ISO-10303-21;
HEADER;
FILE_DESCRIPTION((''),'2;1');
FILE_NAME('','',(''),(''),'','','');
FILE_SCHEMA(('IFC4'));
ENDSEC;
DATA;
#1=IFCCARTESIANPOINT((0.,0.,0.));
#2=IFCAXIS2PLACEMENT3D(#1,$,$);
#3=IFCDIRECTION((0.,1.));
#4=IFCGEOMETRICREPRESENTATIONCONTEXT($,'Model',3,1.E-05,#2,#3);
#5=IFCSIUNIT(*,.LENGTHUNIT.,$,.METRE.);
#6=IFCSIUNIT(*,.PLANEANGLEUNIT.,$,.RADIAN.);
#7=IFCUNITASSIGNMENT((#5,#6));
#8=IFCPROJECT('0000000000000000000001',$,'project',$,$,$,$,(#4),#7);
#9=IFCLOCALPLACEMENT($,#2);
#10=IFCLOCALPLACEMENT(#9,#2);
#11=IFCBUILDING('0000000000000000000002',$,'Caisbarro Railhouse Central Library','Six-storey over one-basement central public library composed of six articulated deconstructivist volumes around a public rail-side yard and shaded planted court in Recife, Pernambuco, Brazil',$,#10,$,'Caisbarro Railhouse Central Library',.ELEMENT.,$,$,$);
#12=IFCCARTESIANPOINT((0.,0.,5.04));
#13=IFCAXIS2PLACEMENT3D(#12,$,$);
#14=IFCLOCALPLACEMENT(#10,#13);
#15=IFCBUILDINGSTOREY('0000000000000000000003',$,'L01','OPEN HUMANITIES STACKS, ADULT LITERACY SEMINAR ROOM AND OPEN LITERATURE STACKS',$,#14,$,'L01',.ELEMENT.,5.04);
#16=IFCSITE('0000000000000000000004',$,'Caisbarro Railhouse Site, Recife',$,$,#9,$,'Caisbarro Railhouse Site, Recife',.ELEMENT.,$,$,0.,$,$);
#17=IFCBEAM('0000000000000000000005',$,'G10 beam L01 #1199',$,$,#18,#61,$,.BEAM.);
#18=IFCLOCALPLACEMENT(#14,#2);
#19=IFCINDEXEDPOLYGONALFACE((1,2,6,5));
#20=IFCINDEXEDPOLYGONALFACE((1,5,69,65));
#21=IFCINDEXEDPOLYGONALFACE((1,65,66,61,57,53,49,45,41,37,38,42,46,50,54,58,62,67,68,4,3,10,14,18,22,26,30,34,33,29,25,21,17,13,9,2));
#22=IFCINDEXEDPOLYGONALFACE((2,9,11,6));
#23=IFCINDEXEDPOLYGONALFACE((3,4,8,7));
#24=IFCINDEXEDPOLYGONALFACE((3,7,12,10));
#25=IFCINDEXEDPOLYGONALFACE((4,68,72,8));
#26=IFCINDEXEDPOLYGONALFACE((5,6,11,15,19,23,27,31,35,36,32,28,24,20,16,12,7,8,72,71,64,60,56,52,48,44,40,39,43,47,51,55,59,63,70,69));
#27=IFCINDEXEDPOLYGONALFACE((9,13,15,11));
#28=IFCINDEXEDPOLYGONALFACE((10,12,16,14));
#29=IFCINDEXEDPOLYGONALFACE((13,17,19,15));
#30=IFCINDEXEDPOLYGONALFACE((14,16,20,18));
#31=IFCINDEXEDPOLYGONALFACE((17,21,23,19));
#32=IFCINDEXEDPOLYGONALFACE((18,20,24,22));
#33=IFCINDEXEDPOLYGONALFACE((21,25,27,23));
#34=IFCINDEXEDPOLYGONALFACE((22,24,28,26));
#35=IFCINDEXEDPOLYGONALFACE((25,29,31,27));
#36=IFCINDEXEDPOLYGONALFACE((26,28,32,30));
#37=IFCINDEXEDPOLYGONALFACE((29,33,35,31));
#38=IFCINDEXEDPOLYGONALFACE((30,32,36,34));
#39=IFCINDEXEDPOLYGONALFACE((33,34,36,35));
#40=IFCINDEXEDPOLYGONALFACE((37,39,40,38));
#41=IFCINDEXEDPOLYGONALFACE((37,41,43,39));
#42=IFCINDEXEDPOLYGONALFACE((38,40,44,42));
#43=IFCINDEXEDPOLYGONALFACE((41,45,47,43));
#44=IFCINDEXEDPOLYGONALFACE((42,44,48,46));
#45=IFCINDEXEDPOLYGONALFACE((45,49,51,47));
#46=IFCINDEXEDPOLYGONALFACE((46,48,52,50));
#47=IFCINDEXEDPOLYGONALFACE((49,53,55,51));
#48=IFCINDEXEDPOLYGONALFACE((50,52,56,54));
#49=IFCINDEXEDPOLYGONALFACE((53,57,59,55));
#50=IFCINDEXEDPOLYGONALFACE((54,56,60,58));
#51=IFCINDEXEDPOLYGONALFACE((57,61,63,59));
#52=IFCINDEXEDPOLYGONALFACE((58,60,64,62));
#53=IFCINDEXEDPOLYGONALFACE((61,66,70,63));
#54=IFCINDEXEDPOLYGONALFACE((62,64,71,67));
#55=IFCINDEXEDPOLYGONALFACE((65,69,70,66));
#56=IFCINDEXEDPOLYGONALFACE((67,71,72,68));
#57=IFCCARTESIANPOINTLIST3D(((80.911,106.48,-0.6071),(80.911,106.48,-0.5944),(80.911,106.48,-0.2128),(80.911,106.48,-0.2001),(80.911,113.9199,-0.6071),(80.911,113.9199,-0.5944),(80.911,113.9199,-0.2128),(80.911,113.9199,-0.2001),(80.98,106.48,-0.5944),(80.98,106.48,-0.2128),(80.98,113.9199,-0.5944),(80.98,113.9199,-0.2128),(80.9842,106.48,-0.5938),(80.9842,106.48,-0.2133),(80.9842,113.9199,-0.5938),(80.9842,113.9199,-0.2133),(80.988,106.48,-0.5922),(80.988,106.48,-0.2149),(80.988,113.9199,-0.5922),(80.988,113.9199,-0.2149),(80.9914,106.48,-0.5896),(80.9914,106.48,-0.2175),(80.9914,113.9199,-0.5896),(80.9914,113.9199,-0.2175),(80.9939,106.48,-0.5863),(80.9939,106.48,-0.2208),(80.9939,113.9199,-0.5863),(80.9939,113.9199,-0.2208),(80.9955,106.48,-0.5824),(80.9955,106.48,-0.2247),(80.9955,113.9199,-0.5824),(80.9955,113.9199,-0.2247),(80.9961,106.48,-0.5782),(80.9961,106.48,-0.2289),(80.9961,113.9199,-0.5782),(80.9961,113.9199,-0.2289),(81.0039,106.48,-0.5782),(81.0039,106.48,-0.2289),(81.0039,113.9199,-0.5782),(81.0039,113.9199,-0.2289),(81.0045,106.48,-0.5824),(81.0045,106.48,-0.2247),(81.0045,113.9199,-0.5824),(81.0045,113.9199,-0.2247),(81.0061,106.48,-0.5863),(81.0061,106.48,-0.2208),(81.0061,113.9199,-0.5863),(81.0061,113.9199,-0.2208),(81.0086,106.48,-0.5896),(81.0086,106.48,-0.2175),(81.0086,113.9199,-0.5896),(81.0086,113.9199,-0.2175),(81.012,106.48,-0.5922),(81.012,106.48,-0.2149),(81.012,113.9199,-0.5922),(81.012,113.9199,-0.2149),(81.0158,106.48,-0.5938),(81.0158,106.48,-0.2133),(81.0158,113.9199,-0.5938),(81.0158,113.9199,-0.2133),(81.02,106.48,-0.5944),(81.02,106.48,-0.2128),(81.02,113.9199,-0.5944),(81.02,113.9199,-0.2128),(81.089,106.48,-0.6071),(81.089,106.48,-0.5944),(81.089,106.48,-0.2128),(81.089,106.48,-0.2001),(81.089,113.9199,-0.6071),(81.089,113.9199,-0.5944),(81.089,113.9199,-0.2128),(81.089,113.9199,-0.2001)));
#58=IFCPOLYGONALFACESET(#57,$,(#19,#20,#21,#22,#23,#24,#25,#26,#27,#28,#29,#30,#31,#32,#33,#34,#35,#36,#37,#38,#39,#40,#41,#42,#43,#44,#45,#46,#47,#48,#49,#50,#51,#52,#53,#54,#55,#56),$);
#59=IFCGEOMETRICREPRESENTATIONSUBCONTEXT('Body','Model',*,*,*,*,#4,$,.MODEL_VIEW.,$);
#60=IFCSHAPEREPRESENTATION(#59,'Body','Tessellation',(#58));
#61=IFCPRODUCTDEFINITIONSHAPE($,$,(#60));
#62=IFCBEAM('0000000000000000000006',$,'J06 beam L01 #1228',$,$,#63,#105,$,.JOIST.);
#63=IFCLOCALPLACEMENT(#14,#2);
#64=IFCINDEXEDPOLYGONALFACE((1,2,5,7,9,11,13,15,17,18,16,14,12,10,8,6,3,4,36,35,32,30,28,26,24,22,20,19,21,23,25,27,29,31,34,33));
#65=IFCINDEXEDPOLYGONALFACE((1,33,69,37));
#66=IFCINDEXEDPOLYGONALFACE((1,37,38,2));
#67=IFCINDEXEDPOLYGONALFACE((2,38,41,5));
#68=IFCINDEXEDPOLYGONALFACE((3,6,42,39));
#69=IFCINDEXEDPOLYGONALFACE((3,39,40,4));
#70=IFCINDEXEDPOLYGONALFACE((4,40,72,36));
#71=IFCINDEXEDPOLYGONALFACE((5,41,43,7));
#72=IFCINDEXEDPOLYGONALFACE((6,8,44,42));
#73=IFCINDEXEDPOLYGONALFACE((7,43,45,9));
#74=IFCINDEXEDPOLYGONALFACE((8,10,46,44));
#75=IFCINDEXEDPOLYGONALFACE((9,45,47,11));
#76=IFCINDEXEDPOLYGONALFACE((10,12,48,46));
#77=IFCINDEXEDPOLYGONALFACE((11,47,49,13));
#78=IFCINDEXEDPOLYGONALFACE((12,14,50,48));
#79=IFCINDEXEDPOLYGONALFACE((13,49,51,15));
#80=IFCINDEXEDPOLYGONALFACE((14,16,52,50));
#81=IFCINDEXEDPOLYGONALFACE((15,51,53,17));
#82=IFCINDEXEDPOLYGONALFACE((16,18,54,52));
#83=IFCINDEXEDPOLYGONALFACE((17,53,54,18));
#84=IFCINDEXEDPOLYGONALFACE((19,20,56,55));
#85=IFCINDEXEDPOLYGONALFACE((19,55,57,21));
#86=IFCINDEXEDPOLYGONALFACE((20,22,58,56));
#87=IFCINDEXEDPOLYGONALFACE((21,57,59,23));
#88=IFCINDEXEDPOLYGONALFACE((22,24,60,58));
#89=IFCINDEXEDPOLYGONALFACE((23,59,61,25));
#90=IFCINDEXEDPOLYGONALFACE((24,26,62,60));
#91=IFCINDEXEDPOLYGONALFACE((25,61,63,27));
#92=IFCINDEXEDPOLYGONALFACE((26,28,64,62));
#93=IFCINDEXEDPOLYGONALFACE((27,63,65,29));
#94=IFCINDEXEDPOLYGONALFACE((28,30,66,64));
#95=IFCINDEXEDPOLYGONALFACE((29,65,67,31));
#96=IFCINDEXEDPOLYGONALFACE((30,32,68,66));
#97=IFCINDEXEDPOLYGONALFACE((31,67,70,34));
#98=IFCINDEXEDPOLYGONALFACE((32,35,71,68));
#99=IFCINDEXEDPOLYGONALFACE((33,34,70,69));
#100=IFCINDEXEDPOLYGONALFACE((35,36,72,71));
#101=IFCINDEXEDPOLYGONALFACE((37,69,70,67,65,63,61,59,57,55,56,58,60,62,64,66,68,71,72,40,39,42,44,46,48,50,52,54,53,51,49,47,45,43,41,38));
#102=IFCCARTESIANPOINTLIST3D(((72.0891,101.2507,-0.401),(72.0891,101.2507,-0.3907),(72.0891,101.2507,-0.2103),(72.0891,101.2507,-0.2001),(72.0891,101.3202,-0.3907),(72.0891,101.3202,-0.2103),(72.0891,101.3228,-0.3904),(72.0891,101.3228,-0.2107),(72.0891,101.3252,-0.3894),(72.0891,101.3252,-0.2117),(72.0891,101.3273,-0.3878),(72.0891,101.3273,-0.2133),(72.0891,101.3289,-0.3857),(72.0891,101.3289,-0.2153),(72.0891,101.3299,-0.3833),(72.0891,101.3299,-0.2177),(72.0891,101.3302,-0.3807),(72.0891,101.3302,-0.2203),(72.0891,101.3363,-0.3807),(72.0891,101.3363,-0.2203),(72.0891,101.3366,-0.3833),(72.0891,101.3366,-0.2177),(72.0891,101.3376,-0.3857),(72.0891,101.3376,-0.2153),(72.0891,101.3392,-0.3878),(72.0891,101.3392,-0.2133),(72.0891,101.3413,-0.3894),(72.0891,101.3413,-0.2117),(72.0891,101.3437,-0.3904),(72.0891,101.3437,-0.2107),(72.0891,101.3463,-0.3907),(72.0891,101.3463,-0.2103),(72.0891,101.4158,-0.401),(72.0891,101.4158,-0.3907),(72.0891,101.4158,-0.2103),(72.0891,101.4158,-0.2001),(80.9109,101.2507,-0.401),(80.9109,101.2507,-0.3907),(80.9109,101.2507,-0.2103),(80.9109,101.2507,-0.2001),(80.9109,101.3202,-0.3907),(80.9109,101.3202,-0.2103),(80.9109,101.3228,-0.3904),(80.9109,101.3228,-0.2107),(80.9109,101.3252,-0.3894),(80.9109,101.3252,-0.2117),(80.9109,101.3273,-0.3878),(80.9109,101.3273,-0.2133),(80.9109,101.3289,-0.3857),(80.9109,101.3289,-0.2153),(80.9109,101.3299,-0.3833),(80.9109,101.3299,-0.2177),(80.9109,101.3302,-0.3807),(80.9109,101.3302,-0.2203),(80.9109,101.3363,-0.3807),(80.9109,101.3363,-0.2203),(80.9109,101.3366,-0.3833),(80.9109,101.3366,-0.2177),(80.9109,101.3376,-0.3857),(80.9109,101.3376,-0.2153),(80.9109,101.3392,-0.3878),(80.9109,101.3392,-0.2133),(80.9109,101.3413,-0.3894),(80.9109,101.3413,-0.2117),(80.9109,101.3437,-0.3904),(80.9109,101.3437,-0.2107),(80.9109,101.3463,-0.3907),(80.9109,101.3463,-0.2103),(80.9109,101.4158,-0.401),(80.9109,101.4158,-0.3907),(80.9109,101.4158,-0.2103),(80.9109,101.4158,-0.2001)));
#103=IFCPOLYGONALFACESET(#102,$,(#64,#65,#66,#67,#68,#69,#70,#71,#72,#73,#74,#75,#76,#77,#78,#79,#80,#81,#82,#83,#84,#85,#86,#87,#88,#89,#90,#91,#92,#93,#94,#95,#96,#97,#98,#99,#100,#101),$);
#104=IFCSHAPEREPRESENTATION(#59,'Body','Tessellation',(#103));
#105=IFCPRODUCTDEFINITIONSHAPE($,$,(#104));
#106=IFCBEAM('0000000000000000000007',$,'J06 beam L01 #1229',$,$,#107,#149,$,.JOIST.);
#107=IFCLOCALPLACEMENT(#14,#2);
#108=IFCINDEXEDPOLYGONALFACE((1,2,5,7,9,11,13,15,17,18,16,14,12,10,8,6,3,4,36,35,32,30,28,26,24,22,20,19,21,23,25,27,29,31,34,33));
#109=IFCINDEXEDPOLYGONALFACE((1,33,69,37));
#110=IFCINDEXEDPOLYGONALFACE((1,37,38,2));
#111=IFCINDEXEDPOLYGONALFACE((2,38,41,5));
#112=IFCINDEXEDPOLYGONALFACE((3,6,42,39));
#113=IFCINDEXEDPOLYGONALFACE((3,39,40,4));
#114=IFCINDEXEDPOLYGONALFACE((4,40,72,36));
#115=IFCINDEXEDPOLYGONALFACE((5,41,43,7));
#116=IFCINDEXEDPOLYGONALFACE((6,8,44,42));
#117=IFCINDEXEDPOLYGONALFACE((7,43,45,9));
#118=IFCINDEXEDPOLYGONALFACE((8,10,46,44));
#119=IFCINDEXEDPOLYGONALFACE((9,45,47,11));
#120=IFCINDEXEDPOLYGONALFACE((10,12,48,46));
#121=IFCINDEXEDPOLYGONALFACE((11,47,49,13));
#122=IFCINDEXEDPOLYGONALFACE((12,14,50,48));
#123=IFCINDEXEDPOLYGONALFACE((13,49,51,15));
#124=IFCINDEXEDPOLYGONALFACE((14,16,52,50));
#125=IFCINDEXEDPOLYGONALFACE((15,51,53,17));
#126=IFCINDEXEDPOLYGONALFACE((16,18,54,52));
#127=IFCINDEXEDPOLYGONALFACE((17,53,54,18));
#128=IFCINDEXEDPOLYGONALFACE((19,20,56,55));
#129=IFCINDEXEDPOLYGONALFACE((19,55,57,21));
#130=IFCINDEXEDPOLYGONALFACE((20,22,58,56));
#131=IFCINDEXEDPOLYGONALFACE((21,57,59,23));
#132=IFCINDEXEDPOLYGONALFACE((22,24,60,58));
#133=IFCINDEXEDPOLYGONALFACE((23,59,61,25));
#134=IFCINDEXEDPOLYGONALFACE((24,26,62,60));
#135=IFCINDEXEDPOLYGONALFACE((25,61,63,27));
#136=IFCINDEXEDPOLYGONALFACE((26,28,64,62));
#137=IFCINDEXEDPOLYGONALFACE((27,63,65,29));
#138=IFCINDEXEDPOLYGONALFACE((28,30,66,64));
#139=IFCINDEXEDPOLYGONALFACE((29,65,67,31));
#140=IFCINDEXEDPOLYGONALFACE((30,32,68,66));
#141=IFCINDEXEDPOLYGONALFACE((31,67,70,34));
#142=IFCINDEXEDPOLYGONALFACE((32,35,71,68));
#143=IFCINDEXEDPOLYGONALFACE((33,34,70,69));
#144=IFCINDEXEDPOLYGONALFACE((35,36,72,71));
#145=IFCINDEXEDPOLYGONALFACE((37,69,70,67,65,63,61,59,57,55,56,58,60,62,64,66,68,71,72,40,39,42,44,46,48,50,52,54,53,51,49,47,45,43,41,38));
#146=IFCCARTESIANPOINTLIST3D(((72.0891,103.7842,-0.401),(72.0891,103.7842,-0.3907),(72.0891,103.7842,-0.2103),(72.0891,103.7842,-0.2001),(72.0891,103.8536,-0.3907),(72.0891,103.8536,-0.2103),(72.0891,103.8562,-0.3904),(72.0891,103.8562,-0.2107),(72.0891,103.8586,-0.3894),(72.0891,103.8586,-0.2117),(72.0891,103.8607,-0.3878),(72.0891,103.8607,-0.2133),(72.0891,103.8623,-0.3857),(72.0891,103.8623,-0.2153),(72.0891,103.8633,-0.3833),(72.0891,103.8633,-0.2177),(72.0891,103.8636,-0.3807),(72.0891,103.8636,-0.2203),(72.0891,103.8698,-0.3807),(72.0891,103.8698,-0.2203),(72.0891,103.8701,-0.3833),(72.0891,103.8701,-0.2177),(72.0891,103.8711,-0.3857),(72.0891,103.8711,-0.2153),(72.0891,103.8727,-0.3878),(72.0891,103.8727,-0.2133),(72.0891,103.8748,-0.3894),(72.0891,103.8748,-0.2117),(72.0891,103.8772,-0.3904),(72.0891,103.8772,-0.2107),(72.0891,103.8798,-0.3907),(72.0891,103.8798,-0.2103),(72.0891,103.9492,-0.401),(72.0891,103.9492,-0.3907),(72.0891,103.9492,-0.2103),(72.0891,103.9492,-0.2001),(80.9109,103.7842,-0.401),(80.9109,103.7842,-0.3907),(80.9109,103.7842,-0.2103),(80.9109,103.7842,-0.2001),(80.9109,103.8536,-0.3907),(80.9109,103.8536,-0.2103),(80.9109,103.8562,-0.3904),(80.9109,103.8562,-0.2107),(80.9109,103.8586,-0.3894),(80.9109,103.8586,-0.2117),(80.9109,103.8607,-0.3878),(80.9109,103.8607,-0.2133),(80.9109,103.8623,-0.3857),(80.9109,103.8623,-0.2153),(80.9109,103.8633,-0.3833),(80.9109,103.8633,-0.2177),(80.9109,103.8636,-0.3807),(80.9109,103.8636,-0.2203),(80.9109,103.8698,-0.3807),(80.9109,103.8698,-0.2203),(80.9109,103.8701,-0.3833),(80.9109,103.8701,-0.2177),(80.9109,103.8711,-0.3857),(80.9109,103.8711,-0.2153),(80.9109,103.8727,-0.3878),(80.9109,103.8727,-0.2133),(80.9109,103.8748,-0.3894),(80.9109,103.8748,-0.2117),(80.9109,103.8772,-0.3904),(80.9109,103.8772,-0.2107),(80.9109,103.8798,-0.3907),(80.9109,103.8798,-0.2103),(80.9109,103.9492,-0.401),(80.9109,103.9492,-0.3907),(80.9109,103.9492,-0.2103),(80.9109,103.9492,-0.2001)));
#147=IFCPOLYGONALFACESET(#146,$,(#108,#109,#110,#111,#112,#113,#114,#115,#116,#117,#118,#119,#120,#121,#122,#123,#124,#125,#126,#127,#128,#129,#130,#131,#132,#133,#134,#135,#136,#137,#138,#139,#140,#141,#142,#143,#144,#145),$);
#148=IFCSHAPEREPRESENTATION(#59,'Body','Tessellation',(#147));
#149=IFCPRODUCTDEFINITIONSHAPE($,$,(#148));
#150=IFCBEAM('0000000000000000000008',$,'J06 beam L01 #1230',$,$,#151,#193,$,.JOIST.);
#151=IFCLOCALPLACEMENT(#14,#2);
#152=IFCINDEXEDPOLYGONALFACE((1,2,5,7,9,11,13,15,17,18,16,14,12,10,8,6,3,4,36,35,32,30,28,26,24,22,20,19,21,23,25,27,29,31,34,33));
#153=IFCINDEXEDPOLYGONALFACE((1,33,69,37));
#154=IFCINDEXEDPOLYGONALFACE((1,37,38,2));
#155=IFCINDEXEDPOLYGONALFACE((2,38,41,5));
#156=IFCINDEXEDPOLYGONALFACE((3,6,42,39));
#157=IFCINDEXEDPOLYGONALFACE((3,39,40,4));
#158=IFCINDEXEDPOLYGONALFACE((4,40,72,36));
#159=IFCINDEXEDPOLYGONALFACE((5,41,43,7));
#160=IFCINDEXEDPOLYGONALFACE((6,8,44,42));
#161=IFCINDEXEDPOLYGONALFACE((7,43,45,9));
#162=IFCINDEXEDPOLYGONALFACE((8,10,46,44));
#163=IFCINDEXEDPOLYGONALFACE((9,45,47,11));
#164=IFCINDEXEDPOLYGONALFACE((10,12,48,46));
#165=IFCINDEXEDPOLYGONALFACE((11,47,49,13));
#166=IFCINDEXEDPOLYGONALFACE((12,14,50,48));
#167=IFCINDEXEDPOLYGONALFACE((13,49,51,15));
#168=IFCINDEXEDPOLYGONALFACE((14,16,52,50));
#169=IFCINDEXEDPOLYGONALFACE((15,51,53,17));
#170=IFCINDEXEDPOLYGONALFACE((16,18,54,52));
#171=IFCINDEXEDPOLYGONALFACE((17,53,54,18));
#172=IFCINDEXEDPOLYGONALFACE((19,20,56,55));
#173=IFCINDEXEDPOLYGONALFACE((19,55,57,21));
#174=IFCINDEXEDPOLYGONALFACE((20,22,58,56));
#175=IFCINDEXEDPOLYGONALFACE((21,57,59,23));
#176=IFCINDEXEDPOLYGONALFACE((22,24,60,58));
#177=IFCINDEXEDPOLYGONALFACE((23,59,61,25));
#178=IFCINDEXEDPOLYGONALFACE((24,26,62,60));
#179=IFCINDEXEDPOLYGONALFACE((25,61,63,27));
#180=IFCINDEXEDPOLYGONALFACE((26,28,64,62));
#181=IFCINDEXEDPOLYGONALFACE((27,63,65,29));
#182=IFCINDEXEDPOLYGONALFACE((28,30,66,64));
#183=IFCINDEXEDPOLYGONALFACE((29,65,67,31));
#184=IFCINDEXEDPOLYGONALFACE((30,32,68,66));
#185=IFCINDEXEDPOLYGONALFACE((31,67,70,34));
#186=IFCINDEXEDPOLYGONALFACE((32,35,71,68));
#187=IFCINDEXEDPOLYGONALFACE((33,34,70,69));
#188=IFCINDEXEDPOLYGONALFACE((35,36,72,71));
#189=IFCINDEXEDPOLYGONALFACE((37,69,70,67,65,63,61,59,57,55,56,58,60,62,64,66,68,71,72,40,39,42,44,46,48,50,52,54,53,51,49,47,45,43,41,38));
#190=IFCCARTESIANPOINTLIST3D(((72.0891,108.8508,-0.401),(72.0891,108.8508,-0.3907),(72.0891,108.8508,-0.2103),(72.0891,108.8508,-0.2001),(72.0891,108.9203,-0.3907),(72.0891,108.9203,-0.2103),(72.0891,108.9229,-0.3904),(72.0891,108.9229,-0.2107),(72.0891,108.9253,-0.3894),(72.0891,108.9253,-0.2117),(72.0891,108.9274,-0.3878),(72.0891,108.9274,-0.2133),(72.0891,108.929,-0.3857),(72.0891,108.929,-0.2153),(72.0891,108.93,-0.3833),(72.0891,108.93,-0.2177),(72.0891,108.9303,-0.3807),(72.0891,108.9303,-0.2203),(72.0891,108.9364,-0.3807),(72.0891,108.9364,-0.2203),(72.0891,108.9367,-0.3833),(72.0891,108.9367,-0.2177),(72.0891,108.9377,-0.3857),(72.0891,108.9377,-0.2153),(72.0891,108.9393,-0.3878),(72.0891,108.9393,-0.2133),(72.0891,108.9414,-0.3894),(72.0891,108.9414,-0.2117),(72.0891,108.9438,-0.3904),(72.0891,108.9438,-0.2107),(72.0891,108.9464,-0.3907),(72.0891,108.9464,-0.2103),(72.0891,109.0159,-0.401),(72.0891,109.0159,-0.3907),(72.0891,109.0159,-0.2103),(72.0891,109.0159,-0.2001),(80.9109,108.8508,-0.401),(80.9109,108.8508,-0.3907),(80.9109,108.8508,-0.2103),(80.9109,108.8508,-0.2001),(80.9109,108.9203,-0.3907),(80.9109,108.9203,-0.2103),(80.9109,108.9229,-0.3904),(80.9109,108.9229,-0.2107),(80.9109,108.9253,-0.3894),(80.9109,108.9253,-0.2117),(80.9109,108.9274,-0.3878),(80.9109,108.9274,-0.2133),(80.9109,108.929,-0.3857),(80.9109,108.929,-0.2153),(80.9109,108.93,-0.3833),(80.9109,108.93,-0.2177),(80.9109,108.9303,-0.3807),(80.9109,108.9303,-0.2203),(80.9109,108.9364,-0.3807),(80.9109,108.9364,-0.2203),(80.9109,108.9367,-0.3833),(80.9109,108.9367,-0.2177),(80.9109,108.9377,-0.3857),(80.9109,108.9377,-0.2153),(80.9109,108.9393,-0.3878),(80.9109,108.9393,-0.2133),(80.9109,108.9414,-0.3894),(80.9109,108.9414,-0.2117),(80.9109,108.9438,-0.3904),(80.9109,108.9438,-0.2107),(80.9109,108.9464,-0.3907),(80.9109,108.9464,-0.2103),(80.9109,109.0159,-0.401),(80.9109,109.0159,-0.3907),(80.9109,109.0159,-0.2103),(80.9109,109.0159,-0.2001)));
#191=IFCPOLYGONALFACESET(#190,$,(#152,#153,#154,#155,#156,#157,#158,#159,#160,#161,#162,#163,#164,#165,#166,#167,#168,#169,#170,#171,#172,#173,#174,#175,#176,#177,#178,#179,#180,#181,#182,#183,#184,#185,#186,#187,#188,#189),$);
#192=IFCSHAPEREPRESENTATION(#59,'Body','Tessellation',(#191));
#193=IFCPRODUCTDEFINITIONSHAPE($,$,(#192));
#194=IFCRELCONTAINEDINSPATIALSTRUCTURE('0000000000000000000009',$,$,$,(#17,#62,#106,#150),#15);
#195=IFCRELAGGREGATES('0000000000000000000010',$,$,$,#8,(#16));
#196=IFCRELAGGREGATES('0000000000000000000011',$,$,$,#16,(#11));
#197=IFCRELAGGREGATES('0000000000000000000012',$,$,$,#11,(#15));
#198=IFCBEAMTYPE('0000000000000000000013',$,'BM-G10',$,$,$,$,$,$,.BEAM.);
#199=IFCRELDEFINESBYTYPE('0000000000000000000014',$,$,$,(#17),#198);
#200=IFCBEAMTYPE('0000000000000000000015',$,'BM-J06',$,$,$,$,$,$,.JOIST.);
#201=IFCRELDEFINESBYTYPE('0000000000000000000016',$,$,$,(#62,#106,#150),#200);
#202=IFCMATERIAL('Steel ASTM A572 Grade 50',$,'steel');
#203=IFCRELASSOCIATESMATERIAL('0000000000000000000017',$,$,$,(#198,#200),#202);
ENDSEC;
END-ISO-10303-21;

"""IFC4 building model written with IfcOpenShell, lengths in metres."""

from ifc_helpers import new_model, si_unit, direction, frame, origin, origin_2d, place, context, subcontext, project, spatial, i_section, extrude, material, material_profile, profile_set, type_object, element, save


model = new_model("IFC4")

# Units and contexts
model_context = context("Model", 3, precision=1e-05, world=origin(), true_north=direction((0.0, 1.0)))
body_context = subcontext(model_context, "Body", "Model", "MODEL_VIEW")
ifc_project = project(units=[si_unit("LENGTHUNIT", "METRE"), si_unit("PLANEANGLEUNIT", "RADIAN")], contexts=[model_context])

# Site, building, storey
site_placement = place(None, origin())
site = spatial("IfcSite", under=ifc_project, at=site_placement, Name="Caisbarro Railhouse Site, Recife", LongName="Caisbarro Railhouse Site, Recife", CompositionType="ELEMENT", RefElevation=0.0)
building_placement = place(site_placement, origin())
building = spatial("IfcBuilding", under=site, at=building_placement, Name="Caisbarro Railhouse Central Library", Description="Six-storey over one-basement central public library composed of six articulated deconstructivist volumes around a public rail-side yard and shaded planted court in Recife, Pernambuco, Brazil", LongName="Caisbarro Railhouse Central Library", CompositionType="ELEMENT")
storey_placement = place(building_placement, frame((0.0, 0.0, 5.04)))
storey = spatial("IfcBuildingStorey", under=building, at=storey_placement, Name="L01", Description="OPEN HUMANITIES STACKS, ADULT LITERACY SEMINAR ROOM AND OPEN LITERATURE STACKS", LongName="L01", CompositionType="ELEMENT", Elevation=5.04)

# Shared definitions
ifc_material_1 = material(Name="Steel ASTM A572 Grade 50", Category="steel")

# Beams
ifc_material_profile_1 = material_profile(ifc_material_1, i_section(OverallWidth=0.178, OverallDepth=0.407, WebThickness=0.0078, FlangeThickness=0.0127, FilletRadius=0.0161, at=origin_2d()), Name="W410X60.0")
ifc_profile_set_1 = profile_set([ifc_material_profile_1], Name="Steel ASTM A572 Grade 50")
beam_type_1 = type_object("IfcBeamType", Name="BM-G10", PredefinedType="BEAM", material=ifc_profile_set_1)
beam_1_placement = place(storey_placement, frame((81.0, 106.48, -0.4036), z_axis=(0.0, 1.0, 0.0), x_axis=(-1.0, 0.0, 0.0)))
element("IfcBeam", 1, at=beam_1_placement, inside=storey, type_object=beam_type_1, Name="G10 beam L01 #1199", PredefinedType="BEAM", context=body_context, shape_type="SweptSolid", body=[
    extrude(i_section(OverallWidth=0.178, OverallDepth=0.407, WebThickness=0.0078, FlangeThickness=0.0127, FilletRadius=0.0161, at=origin_2d()), origin(), (0.0, 0.0, 1.0), 7.4399),
])
ifc_material_profile_2 = material_profile(ifc_material_1, i_section(OverallWidth=0.165, OverallDepth=0.2009, WebThickness=0.0061, FlangeThickness=0.0103, FilletRadius=0.01, at=origin_2d()), Name="W200X35.9")
ifc_profile_set_2 = profile_set([ifc_material_profile_2], Name="Steel ASTM A572 Grade 50")
beam_type_2 = type_object("IfcBeamType", Name="BM-J06", PredefinedType="JOIST", material=ifc_profile_set_2)
for number, where, z_axis, x_axis, name in (
    (2, (72.0891, 101.3333, -0.3005), (1.0, 0.0, 0.0), (0.0, 1.0, 0.0), "J06 beam L01 #1228"),
    (3, (72.0891, 103.8667, -0.3005), (1.0, 0.0, 0.0), (0.0, 1.0, 0.0), "J06 beam L01 #1229"),
    (4, (72.0891, 108.9333, -0.3005), (1.0, 0.0, 0.0), (0.0, 1.0, 0.0), "J06 beam L01 #1230"),
):
    element("IfcBeam", number, at=place(storey_placement, frame(where, z_axis=z_axis, x_axis=x_axis)), inside=storey, type_object=beam_type_2, Name=name, PredefinedType="JOIST", context=body_context, shape_type="SweptSolid", body=[
        extrude(i_section(OverallWidth=0.165, OverallDepth=0.2009, WebThickness=0.0061, FlangeThickness=0.0103, FilletRadius=0.01, at=origin_2d()), origin(), (0.0, 0.0, 1.0), 8.8218),
    ])

save(model, "model.ifc")
